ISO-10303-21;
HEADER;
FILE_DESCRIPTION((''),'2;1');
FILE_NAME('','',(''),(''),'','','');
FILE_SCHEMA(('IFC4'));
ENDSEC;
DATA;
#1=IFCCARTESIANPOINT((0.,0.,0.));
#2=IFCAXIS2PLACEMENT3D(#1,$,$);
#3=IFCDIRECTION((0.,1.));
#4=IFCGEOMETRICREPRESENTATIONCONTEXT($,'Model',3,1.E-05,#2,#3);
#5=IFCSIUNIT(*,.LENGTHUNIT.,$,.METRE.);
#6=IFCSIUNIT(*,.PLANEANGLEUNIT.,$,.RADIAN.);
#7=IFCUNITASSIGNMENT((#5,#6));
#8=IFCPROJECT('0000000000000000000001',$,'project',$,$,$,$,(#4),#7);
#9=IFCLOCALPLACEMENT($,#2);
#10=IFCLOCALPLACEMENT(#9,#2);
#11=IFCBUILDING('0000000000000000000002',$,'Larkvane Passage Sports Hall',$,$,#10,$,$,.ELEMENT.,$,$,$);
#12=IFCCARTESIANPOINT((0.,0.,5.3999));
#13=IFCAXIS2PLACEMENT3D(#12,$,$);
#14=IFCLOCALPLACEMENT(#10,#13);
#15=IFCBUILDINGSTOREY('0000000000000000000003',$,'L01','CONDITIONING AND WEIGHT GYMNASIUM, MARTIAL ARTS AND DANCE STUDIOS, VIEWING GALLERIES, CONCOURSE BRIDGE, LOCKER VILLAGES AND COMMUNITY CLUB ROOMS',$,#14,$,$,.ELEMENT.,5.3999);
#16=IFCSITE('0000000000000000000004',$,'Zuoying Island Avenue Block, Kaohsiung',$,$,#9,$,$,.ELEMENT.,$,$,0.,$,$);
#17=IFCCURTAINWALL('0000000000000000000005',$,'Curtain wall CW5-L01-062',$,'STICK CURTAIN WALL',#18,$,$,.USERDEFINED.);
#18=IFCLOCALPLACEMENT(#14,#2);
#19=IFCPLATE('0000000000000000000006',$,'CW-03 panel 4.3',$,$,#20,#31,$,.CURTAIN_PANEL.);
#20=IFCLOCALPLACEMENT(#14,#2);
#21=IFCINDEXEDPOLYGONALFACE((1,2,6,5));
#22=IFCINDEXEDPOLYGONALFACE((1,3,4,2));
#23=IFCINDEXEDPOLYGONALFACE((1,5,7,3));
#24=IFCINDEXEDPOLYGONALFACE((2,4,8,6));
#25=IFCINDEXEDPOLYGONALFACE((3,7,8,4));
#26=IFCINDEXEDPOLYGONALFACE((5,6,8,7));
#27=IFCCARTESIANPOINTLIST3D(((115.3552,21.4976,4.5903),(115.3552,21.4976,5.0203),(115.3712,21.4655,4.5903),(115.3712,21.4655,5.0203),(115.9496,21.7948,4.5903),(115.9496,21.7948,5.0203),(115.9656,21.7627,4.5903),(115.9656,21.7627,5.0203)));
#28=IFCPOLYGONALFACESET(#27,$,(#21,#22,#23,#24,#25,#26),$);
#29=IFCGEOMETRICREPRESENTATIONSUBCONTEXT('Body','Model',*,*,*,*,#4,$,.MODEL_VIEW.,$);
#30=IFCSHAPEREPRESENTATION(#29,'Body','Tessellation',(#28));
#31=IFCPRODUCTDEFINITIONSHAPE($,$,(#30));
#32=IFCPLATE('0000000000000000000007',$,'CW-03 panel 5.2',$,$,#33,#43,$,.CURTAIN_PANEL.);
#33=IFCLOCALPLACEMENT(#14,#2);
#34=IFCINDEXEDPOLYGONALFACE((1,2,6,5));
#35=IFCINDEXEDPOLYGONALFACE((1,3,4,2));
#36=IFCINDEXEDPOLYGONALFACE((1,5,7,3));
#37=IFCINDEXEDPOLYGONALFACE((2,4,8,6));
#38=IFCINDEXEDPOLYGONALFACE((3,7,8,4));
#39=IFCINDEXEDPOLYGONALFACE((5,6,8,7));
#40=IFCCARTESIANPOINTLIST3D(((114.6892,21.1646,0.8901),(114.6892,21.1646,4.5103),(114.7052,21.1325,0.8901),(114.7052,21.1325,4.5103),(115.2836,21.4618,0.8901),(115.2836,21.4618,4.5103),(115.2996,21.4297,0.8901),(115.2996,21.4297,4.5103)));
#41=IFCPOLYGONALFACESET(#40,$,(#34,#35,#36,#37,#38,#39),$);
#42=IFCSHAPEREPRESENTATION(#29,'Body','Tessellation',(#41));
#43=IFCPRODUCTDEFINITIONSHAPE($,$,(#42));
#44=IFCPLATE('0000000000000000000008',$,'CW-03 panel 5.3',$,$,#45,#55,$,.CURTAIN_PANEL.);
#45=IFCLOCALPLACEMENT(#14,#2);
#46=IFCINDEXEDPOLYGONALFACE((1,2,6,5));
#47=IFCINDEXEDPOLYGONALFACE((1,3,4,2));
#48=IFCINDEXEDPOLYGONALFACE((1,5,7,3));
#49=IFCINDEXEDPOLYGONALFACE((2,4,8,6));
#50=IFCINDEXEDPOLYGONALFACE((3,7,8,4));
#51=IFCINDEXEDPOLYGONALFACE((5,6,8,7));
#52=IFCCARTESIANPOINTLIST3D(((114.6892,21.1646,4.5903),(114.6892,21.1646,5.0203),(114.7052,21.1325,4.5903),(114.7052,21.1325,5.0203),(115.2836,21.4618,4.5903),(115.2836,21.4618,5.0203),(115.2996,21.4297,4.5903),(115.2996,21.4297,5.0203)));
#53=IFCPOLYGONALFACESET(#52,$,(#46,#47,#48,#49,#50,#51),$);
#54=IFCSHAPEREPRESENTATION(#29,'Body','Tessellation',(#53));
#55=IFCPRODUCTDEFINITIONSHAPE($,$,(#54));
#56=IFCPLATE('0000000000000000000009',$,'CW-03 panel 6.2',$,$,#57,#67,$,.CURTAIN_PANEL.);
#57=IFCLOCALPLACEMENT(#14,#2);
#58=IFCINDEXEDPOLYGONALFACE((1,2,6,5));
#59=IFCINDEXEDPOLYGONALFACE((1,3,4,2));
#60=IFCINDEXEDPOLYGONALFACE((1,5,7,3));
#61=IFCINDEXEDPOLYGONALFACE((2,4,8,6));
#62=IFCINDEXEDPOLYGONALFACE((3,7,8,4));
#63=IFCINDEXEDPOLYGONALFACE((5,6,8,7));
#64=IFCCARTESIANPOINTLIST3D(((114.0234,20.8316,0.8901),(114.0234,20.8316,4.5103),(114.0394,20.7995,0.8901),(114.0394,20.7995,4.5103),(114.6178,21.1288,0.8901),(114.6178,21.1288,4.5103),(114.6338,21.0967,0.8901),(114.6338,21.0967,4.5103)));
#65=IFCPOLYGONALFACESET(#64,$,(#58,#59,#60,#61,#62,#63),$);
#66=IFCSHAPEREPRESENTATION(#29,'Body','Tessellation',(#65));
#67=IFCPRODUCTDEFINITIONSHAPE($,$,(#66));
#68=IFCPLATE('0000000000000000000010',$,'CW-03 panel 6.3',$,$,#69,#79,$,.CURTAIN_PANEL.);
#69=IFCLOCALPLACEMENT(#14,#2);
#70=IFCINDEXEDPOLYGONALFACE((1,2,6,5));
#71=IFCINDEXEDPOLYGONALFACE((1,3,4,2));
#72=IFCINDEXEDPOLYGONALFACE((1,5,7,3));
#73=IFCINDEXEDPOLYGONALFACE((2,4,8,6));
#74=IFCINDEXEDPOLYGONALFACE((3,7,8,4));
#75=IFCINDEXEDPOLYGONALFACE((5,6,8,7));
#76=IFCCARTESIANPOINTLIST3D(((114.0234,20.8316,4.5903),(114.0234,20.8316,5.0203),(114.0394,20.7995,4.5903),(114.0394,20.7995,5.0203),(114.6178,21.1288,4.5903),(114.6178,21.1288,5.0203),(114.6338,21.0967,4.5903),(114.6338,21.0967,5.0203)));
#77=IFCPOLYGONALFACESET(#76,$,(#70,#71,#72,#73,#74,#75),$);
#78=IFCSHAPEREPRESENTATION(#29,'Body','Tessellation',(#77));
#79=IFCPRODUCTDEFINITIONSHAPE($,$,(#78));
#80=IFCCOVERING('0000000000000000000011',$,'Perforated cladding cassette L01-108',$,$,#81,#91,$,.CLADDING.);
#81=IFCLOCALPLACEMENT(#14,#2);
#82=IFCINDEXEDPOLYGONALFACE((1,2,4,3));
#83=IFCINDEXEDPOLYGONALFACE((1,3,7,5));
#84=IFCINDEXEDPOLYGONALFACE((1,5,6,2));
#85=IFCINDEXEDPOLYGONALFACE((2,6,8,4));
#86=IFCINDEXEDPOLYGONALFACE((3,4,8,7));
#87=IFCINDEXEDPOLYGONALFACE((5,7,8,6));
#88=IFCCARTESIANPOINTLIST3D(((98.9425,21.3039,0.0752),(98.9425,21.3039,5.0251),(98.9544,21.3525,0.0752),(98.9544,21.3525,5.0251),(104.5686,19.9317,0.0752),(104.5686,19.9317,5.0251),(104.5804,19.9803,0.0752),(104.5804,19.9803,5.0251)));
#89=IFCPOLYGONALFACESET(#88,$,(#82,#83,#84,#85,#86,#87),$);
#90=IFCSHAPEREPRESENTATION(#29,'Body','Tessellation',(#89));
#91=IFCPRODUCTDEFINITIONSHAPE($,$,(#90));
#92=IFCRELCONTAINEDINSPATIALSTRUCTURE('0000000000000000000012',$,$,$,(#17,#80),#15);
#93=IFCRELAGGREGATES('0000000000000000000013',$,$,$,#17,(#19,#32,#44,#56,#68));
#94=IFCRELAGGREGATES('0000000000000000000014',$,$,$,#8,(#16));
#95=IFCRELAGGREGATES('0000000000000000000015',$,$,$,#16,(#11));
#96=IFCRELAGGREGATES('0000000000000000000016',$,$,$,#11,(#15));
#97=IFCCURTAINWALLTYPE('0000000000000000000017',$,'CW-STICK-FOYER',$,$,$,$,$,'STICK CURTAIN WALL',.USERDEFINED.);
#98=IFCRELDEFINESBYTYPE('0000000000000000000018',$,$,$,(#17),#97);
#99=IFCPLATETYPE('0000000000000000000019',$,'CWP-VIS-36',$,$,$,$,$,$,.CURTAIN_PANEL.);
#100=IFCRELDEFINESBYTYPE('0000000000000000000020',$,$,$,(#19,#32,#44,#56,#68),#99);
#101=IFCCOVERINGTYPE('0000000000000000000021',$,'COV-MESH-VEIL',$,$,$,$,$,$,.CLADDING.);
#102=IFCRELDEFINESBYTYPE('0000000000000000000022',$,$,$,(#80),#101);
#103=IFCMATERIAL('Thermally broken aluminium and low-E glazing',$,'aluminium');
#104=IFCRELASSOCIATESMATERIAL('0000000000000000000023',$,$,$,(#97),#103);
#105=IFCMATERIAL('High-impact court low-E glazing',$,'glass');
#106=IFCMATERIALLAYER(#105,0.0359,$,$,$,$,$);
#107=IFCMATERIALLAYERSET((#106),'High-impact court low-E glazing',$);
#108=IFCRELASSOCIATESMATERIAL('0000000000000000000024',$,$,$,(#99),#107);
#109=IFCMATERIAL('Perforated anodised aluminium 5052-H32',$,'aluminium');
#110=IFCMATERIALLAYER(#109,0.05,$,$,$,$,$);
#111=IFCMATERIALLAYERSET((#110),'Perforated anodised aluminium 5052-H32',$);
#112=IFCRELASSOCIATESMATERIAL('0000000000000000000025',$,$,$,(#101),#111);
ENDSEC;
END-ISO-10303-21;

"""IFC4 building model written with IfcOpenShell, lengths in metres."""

from ifc_helpers import new_model, si_unit, direction, frame, origin, origin_2d, place, context, subcontext, project, spatial, rectangle, extrude, material, layer, layer_set, type_object, element, aggregate, save


model = new_model("IFC4")

# Units and contexts
model_context = context("Model", 3, precision=1e-05, world=origin(), true_north=direction((0.0, 1.0)))
body_context = subcontext(model_context, "Body", "Model", "MODEL_VIEW")
ifc_project = project(units=[si_unit("LENGTHUNIT", "METRE"), si_unit("PLANEANGLEUNIT", "RADIAN")], contexts=[model_context])

# Site, building, storey
site_placement = place(None, origin())
site = spatial("IfcSite", under=ifc_project, at=site_placement, Name="Zuoying Island Avenue Block, Kaohsiung", CompositionType="ELEMENT", RefElevation=0.0)
building_placement = place(site_placement, origin())
building = spatial("IfcBuilding", under=site, at=building_placement, Name="Larkvane Passage Sports Hall", CompositionType="ELEMENT")
storey_placement = place(building_placement, frame((0.0, 0.0, 5.3999)))
storey = spatial("IfcBuildingStorey", under=building, at=storey_placement, Name="L01", Description="CONDITIONING AND WEIGHT GYMNASIUM, MARTIAL ARTS AND DANCE STUDIOS, VIEWING GALLERIES, CONCOURSE BRIDGE, LOCKER VILLAGES AND COMMUNITY CLUB ROOMS", CompositionType="ELEMENT", Elevation=5.3999)

# Curtain wall
ifc_material_1 = material(Name="Thermally broken aluminium and low-E glazing", Category="aluminium")
curtain_wall_type = type_object("IfcCurtainWallType", Name="CW-STICK-FOYER", ElementType="STICK CURTAIN WALL", PredefinedType="USERDEFINED", material=ifc_material_1)
curtain_wall_placement = place(storey_placement, origin())
curtain_wall = element("IfcCurtainWall", 1, at=curtain_wall_placement, inside=storey, type_object=curtain_wall_type, Name="Curtain wall CW5-L01-062", ObjectType="STICK CURTAIN WALL", PredefinedType="USERDEFINED")

# Plates
ifc_material_2 = material(Name="High-impact court low-E glazing", Category="glass")
ifc_layer_1 = layer(ifc_material_2, 0.0359)
ifc_layer_set_1 = layer_set([ifc_layer_1], Name="High-impact court low-E glazing")
plate_type_1 = type_object("IfcPlateType", Name="CWP-VIS-36", PredefinedType="CURTAIN_PANEL", material=ifc_layer_set_1)
plate_1_placement = place(storey_placement, frame((115.6604, 21.6301, 4.5903), z_axis=(0.0, 0.0, 1.0), x_axis=(-0.894429, -0.447209, 0.0)))
plate_1 = element("IfcPlate", 2, at=plate_1_placement, type_object=plate_type_1, Name="CW-03 panel 4.3", PredefinedType="CURTAIN_PANEL", context=body_context, shape_type="SweptSolid", body=[
    extrude(rectangle(XDim=0.6646, YDim=0.0359, at=origin_2d()), origin(), (0.0, 0.0, 1.0), 0.4299),
])
plate_2_placement = place(storey_placement, frame((114.9944, 21.2971, 0.8901), z_axis=(0.0, 0.0, 1.0), x_axis=(-0.894429, -0.447209, 0.0)))
plate_2 = element("IfcPlate", 3, at=plate_2_placement, type_object=plate_type_1, Name="CW-03 panel 5.2", PredefinedType="CURTAIN_PANEL", context=body_context, shape_type="SweptSolid", body=[
    extrude(rectangle(XDim=0.6646, YDim=0.0359, at=origin_2d()), origin(), (0.0, 0.0, 1.0), 3.6201),
])
plate_3_placement = place(storey_placement, frame((114.9944, 21.2971, 4.5903), z_axis=(0.0, 0.0, 1.0), x_axis=(-0.894429, -0.447209, 0.0)))
plate_3 = element("IfcPlate", 4, at=plate_3_placement, type_object=plate_type_1, Name="CW-03 panel 5.3", PredefinedType="CURTAIN_PANEL", context=body_context, shape_type="SweptSolid", body=[
    extrude(rectangle(XDim=0.6646, YDim=0.0359, at=origin_2d()), origin(), (0.0, 0.0, 1.0), 0.4299),
])
plate_4_placement = place(storey_placement, frame((114.3286, 20.9641, 0.8901), z_axis=(0.0, 0.0, 1.0), x_axis=(-0.894429, -0.447209, 0.0)))
plate_4 = element("IfcPlate", 5, at=plate_4_placement, type_object=plate_type_1, Name="CW-03 panel 6.2", PredefinedType="CURTAIN_PANEL", context=body_context, shape_type="SweptSolid", body=[
    extrude(rectangle(XDim=0.6646, YDim=0.0359, at=origin_2d()), origin(), (0.0, 0.0, 1.0), 3.6201),
])
plate_5_placement = place(storey_placement, frame((114.3286, 20.9641, 4.5903), z_axis=(0.0, 0.0, 1.0), x_axis=(-0.894429, -0.447209, 0.0)))
plate_5 = element("IfcPlate", 6, at=plate_5_placement, type_object=plate_type_1, Name="CW-03 panel 6.3", PredefinedType="CURTAIN_PANEL", context=body_context, shape_type="SweptSolid", body=[
    extrude(rectangle(XDim=0.6646, YDim=0.0359, at=origin_2d()), origin(), (0.0, 0.0, 1.0), 0.4299),
])
aggregate(curtain_wall, [plate_1, plate_2, plate_3, plate_4, plate_5])

# Covering
ifc_material_3 = material(Name="Perforated anodised aluminium 5052-H32", Category="aluminium")
ifc_layer_2 = layer(ifc_material_3, 0.05)
ifc_layer_set_2 = layer_set([ifc_layer_2], Name="Perforated anodised aluminium 5052-H32")
covering_type = type_object("IfcCoveringType", Name="COV-MESH-VEIL", PredefinedType="CLADDING", material=ifc_layer_set_2)
covering_placement = place(storey_placement, frame((101.7615, 20.6421, 0.0752), z_axis=(0.0, 0.0, 1.0), x_axis=(-0.97152, 0.236956, 0.0)))
element("IfcCovering", 7, at=covering_placement, inside=storey, type_object=covering_type, Name="Perforated cladding cassette L01-108", PredefinedType="CLADDING", context=body_context, shape_type="SweptSolid", body=[
    extrude(rectangle(XDim=5.791, YDim=0.05, at=origin_2d()), origin(), (0.0, 0.0, 1.0), 4.95),
])

save(model, "model.ifc")
